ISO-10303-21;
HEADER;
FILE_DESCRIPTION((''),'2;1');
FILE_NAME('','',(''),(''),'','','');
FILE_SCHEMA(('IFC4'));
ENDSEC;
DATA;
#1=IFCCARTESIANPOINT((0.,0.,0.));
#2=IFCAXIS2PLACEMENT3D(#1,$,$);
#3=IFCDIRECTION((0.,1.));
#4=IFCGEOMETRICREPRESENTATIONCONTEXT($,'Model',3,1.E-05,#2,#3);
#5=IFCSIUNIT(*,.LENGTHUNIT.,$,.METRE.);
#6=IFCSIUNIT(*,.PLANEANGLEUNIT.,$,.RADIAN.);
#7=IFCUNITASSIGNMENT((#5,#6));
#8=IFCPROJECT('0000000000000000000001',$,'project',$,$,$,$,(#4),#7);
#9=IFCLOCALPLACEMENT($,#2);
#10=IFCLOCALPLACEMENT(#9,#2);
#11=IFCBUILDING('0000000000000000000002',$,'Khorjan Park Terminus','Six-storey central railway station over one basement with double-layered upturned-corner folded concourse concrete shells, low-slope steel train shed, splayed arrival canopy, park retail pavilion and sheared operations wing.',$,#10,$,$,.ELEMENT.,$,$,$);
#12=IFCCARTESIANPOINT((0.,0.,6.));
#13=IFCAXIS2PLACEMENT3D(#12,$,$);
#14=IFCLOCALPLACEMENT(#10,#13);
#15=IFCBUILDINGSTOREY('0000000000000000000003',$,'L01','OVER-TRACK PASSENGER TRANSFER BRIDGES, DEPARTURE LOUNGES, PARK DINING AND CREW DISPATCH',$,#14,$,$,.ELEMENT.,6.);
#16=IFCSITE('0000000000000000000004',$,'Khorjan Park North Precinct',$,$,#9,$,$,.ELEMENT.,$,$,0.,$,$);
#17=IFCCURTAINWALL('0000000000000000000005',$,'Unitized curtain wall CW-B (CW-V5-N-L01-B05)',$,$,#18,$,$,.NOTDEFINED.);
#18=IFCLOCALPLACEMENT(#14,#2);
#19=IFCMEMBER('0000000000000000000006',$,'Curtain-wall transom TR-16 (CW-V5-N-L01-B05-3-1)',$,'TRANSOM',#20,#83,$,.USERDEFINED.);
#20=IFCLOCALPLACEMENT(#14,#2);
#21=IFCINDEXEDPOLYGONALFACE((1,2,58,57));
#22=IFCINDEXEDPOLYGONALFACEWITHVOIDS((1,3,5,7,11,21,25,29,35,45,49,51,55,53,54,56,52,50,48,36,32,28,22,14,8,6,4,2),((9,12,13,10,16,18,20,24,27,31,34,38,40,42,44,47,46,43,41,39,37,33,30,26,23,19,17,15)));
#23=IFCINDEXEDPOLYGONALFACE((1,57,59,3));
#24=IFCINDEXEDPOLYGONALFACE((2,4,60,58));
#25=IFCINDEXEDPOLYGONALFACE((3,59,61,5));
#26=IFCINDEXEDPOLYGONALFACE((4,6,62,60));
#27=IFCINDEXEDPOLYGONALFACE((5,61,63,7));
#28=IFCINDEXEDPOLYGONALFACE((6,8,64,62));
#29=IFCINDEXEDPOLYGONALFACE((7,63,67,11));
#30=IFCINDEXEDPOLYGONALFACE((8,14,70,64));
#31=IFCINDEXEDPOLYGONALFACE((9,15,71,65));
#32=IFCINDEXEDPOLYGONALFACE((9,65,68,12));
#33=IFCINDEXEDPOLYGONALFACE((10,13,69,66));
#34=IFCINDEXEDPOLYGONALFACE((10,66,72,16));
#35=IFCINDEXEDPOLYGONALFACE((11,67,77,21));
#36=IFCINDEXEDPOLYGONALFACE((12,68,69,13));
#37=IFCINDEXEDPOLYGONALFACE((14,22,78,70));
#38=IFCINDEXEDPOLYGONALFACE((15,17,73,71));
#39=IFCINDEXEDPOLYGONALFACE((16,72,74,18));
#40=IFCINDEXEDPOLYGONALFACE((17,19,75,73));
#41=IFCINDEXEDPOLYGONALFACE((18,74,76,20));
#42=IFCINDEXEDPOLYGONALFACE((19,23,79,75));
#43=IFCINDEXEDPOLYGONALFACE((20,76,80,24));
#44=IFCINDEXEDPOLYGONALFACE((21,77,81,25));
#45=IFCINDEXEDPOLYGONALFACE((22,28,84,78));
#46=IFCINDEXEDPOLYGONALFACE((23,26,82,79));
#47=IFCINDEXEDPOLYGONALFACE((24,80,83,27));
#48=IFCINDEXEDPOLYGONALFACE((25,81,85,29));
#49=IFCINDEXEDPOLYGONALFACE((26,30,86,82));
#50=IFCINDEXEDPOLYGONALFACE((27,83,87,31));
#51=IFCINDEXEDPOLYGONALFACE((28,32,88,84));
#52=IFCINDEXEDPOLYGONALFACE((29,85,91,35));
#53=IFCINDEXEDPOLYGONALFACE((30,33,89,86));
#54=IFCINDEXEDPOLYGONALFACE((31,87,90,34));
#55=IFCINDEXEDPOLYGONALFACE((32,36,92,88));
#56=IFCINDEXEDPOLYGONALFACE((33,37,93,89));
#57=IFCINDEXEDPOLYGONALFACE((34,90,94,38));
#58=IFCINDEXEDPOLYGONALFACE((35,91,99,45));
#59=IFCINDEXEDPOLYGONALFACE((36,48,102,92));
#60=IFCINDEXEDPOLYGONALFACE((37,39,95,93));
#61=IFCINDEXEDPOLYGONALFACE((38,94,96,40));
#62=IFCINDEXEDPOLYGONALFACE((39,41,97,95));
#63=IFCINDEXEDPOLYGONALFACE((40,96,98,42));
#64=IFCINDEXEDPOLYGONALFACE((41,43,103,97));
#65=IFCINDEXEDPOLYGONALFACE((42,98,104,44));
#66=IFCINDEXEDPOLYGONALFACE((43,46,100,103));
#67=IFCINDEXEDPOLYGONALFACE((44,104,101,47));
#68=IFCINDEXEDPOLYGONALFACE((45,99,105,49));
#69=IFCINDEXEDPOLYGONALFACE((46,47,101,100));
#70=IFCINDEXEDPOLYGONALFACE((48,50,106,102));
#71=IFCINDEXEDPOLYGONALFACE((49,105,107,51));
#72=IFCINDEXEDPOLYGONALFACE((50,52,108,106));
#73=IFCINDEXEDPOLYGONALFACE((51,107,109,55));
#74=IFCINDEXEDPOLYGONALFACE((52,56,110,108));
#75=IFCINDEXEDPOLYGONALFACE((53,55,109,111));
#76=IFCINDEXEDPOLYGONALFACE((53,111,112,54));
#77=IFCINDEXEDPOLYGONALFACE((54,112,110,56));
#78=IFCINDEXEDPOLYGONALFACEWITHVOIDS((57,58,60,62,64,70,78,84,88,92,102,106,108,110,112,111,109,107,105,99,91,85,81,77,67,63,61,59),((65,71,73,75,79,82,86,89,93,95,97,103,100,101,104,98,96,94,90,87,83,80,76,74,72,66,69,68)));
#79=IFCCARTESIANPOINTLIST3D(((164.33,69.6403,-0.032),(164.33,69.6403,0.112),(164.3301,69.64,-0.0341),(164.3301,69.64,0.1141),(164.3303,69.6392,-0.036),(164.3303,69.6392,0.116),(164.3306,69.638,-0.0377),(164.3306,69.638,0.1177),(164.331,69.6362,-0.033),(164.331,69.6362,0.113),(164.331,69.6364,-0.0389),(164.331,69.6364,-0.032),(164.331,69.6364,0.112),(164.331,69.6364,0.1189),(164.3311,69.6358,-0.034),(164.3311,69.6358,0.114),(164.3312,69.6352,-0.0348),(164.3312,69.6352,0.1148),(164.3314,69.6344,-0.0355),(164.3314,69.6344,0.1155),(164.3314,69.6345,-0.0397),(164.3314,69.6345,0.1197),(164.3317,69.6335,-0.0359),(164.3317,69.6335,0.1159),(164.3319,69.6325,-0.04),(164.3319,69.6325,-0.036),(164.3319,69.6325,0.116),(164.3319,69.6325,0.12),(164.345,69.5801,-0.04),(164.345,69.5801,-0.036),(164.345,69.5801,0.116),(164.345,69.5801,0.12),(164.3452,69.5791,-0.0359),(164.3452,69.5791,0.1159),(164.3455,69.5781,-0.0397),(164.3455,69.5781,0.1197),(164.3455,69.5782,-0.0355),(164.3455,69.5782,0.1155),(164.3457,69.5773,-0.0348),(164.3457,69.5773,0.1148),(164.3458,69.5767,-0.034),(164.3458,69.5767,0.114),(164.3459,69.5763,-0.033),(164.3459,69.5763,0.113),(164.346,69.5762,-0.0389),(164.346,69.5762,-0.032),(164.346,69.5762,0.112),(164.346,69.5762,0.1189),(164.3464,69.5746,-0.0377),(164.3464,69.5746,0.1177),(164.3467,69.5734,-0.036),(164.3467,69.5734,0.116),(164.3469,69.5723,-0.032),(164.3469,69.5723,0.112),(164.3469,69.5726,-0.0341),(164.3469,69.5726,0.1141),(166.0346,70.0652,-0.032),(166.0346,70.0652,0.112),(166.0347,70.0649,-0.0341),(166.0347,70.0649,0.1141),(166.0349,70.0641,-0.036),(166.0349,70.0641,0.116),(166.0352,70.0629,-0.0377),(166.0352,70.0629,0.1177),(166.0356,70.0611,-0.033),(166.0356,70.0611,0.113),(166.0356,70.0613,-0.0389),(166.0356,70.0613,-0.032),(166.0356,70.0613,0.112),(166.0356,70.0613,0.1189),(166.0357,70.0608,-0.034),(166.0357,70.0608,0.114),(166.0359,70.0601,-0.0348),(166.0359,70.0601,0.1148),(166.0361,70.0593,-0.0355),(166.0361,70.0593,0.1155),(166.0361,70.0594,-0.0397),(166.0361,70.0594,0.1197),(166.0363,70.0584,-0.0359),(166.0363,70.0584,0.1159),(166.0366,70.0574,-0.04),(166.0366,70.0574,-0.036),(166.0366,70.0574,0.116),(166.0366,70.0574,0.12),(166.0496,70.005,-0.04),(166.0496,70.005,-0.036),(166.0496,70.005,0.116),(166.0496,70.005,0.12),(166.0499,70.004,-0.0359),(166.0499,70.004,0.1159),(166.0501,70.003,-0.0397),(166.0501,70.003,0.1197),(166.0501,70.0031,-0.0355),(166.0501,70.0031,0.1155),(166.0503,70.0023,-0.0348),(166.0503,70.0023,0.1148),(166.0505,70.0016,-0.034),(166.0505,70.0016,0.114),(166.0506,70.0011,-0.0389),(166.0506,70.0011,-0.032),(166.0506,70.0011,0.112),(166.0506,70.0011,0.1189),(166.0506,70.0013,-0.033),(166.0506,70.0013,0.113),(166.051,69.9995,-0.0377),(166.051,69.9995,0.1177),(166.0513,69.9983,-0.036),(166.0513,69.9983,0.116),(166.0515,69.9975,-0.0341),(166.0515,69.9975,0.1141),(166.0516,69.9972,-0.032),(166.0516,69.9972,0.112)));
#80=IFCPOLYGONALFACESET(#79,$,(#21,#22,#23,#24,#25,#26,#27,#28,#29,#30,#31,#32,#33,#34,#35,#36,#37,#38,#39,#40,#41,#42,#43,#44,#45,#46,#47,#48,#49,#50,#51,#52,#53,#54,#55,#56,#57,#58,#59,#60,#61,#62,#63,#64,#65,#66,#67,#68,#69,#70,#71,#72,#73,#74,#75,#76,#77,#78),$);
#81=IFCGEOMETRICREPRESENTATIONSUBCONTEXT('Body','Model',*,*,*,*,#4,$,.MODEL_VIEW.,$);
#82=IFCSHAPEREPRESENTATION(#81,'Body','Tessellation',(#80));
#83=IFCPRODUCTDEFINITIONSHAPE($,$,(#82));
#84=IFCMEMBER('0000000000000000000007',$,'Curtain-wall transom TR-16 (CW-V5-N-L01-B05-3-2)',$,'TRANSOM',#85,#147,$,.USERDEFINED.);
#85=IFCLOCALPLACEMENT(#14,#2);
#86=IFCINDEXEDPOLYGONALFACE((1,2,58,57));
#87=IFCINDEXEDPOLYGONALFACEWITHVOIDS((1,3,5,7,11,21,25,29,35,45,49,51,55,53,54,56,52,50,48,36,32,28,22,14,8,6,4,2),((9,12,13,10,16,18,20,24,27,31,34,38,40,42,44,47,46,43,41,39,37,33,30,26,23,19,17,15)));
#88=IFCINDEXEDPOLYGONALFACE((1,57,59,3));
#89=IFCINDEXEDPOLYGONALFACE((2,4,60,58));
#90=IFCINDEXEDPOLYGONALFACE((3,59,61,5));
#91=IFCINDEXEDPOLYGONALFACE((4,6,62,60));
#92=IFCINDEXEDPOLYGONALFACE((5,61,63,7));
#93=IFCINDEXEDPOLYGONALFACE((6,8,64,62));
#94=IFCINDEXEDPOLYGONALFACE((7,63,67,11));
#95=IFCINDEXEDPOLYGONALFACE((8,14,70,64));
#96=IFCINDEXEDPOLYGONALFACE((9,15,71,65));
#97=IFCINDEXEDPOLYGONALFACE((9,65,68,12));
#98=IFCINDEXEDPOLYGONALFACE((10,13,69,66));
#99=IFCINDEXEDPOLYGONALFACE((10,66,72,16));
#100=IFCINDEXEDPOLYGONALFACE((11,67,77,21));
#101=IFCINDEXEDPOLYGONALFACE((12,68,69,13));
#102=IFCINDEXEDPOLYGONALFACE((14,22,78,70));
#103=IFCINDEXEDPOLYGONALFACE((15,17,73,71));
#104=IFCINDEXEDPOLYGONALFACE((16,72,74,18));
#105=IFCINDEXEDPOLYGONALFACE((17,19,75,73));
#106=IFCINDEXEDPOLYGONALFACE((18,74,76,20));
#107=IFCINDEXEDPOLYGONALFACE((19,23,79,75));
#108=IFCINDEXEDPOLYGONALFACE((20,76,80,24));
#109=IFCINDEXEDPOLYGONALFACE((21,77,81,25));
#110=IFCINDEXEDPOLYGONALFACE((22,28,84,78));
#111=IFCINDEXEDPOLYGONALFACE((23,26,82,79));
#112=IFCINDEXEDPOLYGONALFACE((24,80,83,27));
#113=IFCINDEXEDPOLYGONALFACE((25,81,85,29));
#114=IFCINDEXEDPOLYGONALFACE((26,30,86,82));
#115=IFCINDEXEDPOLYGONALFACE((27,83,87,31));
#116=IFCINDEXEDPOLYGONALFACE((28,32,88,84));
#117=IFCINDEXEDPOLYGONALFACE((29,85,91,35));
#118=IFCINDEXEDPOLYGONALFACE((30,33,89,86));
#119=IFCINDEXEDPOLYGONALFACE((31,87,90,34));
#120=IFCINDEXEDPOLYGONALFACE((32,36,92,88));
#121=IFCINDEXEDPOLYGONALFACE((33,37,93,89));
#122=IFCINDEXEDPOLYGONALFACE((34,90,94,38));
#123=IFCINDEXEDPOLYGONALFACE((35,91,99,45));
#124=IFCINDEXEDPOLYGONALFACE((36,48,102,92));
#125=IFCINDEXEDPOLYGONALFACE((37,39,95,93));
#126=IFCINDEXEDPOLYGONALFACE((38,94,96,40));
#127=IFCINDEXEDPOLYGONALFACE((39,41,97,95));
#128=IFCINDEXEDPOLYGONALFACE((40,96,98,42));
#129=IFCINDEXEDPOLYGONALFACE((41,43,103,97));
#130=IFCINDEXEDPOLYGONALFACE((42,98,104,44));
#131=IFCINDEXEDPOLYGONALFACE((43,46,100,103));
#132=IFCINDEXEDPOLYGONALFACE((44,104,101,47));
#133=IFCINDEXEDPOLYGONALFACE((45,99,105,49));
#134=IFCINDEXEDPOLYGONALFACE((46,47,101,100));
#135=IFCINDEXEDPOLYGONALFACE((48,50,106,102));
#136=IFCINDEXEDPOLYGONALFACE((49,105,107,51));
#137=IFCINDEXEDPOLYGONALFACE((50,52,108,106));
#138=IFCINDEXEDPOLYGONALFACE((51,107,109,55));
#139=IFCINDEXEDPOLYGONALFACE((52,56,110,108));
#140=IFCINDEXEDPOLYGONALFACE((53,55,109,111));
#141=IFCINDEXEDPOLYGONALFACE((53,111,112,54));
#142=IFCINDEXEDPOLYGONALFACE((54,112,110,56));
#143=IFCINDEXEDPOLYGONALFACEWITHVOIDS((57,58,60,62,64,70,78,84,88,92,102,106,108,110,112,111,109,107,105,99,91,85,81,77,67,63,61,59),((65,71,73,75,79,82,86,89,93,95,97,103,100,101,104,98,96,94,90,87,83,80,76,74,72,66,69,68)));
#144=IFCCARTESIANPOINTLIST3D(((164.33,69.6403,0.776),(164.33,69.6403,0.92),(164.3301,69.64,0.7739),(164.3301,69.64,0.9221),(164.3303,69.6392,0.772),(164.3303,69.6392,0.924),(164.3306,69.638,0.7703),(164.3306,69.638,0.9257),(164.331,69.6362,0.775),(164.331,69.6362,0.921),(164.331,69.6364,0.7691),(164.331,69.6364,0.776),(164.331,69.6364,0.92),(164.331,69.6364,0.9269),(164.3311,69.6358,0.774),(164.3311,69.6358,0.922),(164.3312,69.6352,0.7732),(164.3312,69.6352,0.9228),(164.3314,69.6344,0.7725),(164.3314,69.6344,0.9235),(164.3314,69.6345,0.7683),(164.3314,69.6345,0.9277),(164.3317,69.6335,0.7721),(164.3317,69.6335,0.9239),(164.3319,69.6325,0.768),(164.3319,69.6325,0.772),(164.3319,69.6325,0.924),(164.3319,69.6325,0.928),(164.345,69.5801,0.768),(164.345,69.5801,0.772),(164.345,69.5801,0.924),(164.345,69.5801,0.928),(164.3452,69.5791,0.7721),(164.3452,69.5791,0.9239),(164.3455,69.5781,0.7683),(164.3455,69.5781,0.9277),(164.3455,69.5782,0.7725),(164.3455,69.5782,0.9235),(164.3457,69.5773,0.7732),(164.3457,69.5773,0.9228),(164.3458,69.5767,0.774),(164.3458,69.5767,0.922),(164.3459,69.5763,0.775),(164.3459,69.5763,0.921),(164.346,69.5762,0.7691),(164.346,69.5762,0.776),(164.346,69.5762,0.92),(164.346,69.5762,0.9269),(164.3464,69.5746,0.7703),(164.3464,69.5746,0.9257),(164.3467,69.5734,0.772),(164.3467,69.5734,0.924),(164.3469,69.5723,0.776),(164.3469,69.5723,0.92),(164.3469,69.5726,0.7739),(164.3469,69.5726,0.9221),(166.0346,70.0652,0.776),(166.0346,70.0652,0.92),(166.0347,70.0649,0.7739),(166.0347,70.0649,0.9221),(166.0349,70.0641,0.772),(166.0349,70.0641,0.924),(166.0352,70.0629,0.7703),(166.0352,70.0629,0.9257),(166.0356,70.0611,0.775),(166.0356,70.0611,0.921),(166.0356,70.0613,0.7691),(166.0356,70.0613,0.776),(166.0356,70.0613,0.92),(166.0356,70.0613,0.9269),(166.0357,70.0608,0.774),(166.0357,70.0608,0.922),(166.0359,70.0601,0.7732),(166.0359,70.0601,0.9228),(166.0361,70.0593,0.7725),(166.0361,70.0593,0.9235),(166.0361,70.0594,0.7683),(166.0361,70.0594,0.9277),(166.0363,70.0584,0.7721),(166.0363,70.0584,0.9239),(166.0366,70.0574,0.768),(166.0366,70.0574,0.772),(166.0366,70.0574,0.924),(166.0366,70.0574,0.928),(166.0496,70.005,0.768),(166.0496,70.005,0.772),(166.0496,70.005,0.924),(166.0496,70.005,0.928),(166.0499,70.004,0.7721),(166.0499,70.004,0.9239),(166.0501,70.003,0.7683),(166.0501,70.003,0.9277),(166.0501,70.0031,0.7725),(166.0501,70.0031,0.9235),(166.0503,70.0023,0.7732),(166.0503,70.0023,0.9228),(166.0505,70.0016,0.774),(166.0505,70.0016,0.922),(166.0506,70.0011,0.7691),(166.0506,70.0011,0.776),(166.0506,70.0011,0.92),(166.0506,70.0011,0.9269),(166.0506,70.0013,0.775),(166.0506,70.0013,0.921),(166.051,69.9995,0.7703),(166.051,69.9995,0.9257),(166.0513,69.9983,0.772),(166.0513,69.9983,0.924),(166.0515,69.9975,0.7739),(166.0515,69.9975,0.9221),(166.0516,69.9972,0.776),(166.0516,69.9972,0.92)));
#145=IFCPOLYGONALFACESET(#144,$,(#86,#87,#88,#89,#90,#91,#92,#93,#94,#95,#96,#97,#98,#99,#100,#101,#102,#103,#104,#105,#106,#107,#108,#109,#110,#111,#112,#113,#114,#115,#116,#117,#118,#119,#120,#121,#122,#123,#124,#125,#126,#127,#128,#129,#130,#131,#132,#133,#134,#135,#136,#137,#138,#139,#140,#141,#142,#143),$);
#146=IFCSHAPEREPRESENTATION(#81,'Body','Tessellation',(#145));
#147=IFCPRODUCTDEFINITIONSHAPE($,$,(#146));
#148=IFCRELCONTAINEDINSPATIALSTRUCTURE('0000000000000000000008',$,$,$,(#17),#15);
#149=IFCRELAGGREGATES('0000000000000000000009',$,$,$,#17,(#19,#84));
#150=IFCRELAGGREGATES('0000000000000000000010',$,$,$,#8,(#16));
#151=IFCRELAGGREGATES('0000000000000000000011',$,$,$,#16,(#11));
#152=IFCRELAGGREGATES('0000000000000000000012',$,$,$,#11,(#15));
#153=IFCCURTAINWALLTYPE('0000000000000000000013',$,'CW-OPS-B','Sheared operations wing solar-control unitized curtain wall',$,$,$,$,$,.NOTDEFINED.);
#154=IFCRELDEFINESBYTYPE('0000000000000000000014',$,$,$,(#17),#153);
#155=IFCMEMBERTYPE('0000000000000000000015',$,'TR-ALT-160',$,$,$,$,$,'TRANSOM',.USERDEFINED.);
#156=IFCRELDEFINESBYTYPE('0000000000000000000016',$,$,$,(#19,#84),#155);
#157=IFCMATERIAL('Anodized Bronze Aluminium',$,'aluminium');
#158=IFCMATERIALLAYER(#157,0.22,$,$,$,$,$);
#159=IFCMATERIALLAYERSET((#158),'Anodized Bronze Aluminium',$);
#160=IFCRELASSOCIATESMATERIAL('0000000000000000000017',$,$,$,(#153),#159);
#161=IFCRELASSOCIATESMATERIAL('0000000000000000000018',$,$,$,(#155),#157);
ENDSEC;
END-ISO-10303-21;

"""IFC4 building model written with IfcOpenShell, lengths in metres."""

from ifc_helpers import new_model, si_unit, direction, frame, origin, origin_2d, place, context, subcontext, project, spatial, hollow_rectangle, extrude, material, layer, layer_set, material_profile, profile_set, type_object, element, aggregate, save


model = new_model("IFC4")

# Units and contexts
model_context = context("Model", 3, precision=1e-05, world=origin(), true_north=direction((0.0, 1.0)))
body_context = subcontext(model_context, "Body", "Model", "MODEL_VIEW")
ifc_project = project(units=[si_unit("LENGTHUNIT", "METRE"), si_unit("PLANEANGLEUNIT", "RADIAN")], contexts=[model_context])

# Site, building, storey
site_placement = place(None, origin())
site = spatial("IfcSite", under=ifc_project, at=site_placement, Name="Khorjan Park North Precinct", CompositionType="ELEMENT", RefElevation=0.0)
building_placement = place(site_placement, origin())
building = spatial("IfcBuilding", under=site, at=building_placement, Name="Khorjan Park Terminus", Description="Six-storey central railway station over one basement with double-layered upturned-corner folded concourse concrete shells, low-slope steel train shed, splayed arrival canopy, park retail pavilion and sheared operations wing.", CompositionType="ELEMENT")
storey_placement = place(building_placement, frame((0.0, 0.0, 6.0)))
storey = spatial("IfcBuildingStorey", under=building, at=storey_placement, Name="L01", Description="OVER-TRACK PASSENGER TRANSFER BRIDGES, DEPARTURE LOUNGES, PARK DINING AND CREW DISPATCH", CompositionType="ELEMENT", Elevation=6.0)

# Curtain wall, members
ifc_material_1 = material(Name="Anodized Bronze Aluminium", Category="aluminium")
ifc_layer_1 = layer(ifc_material_1, 0.22)
ifc_layer_set_1 = layer_set([ifc_layer_1], Name="Anodized Bronze Aluminium")
curtain_wall_type = type_object("IfcCurtainWallType", Name="CW-OPS-B", Description="Sheared operations wing solar-control unitized curtain wall", PredefinedType="NOTDEFINED", material=ifc_layer_set_1)
curtain_wall_placement = place(storey_placement, origin())
curtain_wall = element("IfcCurtainWall", 1, at=curtain_wall_placement, inside=storey, type_object=curtain_wall_type, Name="Unitized curtain wall CW-B (CW-V5-N-L01-B05)", PredefinedType="NOTDEFINED")
ifc_material_profile_1 = material_profile(ifc_material_1, hollow_rectangle(XDim=0.07, YDim=0.16, WallThickness=0.004, InnerFilletRadius=0.004, OuterFilletRadius=0.008, at=origin_2d()), Name="ALT 70x160x4")
ifc_profile_set_1 = profile_set([ifc_material_profile_1], Name="Anodized Bronze Aluminium")
member_type_1 = type_object("IfcMemberType", Name="TR-ALT-160", ElementType="TRANSOM", PredefinedType="USERDEFINED", material=ifc_profile_set_1)
member_1_placement = place(storey_placement, frame((166.0431, 70.0312, 0.04), z_axis=(-0.97031, -0.241866, 0.0), x_axis=(0.241866, -0.97031, 0.0)))
member_1 = element("IfcMember", 2, at=member_1_placement, type_object=member_type_1, Name="Curtain-wall transom TR-16 (CW-V5-N-L01-B05-3-1)", ObjectType="TRANSOM", PredefinedType="USERDEFINED", context=body_context, shape_type="SweptSolid", body=[
    extrude(hollow_rectangle(XDim=0.07, YDim=0.16, WallThickness=0.004, InnerFilletRadius=0.004, OuterFilletRadius=0.008, at=origin_2d()), origin(), (0.0, 0.0, 1.0), 1.7568),
])
member_2_placement = place(storey_placement, frame((166.0431, 70.0312, 0.848), z_axis=(-0.97031, -0.241866, 0.0), x_axis=(0.241866, -0.97031, 0.0)))
member_2 = element("IfcMember", 3, at=member_2_placement, type_object=member_type_1, Name="Curtain-wall transom TR-16 (CW-V5-N-L01-B05-3-2)", ObjectType="TRANSOM", PredefinedType="USERDEFINED", context=body_context, shape_type="SweptSolid", body=[
    extrude(hollow_rectangle(XDim=0.07, YDim=0.16, WallThickness=0.004, InnerFilletRadius=0.004, OuterFilletRadius=0.008, at=origin_2d()), origin(), (0.0, 0.0, 1.0), 1.7568),
])
aggregate(curtain_wall, [member_1, member_2])

save(model, "model.ifc")
